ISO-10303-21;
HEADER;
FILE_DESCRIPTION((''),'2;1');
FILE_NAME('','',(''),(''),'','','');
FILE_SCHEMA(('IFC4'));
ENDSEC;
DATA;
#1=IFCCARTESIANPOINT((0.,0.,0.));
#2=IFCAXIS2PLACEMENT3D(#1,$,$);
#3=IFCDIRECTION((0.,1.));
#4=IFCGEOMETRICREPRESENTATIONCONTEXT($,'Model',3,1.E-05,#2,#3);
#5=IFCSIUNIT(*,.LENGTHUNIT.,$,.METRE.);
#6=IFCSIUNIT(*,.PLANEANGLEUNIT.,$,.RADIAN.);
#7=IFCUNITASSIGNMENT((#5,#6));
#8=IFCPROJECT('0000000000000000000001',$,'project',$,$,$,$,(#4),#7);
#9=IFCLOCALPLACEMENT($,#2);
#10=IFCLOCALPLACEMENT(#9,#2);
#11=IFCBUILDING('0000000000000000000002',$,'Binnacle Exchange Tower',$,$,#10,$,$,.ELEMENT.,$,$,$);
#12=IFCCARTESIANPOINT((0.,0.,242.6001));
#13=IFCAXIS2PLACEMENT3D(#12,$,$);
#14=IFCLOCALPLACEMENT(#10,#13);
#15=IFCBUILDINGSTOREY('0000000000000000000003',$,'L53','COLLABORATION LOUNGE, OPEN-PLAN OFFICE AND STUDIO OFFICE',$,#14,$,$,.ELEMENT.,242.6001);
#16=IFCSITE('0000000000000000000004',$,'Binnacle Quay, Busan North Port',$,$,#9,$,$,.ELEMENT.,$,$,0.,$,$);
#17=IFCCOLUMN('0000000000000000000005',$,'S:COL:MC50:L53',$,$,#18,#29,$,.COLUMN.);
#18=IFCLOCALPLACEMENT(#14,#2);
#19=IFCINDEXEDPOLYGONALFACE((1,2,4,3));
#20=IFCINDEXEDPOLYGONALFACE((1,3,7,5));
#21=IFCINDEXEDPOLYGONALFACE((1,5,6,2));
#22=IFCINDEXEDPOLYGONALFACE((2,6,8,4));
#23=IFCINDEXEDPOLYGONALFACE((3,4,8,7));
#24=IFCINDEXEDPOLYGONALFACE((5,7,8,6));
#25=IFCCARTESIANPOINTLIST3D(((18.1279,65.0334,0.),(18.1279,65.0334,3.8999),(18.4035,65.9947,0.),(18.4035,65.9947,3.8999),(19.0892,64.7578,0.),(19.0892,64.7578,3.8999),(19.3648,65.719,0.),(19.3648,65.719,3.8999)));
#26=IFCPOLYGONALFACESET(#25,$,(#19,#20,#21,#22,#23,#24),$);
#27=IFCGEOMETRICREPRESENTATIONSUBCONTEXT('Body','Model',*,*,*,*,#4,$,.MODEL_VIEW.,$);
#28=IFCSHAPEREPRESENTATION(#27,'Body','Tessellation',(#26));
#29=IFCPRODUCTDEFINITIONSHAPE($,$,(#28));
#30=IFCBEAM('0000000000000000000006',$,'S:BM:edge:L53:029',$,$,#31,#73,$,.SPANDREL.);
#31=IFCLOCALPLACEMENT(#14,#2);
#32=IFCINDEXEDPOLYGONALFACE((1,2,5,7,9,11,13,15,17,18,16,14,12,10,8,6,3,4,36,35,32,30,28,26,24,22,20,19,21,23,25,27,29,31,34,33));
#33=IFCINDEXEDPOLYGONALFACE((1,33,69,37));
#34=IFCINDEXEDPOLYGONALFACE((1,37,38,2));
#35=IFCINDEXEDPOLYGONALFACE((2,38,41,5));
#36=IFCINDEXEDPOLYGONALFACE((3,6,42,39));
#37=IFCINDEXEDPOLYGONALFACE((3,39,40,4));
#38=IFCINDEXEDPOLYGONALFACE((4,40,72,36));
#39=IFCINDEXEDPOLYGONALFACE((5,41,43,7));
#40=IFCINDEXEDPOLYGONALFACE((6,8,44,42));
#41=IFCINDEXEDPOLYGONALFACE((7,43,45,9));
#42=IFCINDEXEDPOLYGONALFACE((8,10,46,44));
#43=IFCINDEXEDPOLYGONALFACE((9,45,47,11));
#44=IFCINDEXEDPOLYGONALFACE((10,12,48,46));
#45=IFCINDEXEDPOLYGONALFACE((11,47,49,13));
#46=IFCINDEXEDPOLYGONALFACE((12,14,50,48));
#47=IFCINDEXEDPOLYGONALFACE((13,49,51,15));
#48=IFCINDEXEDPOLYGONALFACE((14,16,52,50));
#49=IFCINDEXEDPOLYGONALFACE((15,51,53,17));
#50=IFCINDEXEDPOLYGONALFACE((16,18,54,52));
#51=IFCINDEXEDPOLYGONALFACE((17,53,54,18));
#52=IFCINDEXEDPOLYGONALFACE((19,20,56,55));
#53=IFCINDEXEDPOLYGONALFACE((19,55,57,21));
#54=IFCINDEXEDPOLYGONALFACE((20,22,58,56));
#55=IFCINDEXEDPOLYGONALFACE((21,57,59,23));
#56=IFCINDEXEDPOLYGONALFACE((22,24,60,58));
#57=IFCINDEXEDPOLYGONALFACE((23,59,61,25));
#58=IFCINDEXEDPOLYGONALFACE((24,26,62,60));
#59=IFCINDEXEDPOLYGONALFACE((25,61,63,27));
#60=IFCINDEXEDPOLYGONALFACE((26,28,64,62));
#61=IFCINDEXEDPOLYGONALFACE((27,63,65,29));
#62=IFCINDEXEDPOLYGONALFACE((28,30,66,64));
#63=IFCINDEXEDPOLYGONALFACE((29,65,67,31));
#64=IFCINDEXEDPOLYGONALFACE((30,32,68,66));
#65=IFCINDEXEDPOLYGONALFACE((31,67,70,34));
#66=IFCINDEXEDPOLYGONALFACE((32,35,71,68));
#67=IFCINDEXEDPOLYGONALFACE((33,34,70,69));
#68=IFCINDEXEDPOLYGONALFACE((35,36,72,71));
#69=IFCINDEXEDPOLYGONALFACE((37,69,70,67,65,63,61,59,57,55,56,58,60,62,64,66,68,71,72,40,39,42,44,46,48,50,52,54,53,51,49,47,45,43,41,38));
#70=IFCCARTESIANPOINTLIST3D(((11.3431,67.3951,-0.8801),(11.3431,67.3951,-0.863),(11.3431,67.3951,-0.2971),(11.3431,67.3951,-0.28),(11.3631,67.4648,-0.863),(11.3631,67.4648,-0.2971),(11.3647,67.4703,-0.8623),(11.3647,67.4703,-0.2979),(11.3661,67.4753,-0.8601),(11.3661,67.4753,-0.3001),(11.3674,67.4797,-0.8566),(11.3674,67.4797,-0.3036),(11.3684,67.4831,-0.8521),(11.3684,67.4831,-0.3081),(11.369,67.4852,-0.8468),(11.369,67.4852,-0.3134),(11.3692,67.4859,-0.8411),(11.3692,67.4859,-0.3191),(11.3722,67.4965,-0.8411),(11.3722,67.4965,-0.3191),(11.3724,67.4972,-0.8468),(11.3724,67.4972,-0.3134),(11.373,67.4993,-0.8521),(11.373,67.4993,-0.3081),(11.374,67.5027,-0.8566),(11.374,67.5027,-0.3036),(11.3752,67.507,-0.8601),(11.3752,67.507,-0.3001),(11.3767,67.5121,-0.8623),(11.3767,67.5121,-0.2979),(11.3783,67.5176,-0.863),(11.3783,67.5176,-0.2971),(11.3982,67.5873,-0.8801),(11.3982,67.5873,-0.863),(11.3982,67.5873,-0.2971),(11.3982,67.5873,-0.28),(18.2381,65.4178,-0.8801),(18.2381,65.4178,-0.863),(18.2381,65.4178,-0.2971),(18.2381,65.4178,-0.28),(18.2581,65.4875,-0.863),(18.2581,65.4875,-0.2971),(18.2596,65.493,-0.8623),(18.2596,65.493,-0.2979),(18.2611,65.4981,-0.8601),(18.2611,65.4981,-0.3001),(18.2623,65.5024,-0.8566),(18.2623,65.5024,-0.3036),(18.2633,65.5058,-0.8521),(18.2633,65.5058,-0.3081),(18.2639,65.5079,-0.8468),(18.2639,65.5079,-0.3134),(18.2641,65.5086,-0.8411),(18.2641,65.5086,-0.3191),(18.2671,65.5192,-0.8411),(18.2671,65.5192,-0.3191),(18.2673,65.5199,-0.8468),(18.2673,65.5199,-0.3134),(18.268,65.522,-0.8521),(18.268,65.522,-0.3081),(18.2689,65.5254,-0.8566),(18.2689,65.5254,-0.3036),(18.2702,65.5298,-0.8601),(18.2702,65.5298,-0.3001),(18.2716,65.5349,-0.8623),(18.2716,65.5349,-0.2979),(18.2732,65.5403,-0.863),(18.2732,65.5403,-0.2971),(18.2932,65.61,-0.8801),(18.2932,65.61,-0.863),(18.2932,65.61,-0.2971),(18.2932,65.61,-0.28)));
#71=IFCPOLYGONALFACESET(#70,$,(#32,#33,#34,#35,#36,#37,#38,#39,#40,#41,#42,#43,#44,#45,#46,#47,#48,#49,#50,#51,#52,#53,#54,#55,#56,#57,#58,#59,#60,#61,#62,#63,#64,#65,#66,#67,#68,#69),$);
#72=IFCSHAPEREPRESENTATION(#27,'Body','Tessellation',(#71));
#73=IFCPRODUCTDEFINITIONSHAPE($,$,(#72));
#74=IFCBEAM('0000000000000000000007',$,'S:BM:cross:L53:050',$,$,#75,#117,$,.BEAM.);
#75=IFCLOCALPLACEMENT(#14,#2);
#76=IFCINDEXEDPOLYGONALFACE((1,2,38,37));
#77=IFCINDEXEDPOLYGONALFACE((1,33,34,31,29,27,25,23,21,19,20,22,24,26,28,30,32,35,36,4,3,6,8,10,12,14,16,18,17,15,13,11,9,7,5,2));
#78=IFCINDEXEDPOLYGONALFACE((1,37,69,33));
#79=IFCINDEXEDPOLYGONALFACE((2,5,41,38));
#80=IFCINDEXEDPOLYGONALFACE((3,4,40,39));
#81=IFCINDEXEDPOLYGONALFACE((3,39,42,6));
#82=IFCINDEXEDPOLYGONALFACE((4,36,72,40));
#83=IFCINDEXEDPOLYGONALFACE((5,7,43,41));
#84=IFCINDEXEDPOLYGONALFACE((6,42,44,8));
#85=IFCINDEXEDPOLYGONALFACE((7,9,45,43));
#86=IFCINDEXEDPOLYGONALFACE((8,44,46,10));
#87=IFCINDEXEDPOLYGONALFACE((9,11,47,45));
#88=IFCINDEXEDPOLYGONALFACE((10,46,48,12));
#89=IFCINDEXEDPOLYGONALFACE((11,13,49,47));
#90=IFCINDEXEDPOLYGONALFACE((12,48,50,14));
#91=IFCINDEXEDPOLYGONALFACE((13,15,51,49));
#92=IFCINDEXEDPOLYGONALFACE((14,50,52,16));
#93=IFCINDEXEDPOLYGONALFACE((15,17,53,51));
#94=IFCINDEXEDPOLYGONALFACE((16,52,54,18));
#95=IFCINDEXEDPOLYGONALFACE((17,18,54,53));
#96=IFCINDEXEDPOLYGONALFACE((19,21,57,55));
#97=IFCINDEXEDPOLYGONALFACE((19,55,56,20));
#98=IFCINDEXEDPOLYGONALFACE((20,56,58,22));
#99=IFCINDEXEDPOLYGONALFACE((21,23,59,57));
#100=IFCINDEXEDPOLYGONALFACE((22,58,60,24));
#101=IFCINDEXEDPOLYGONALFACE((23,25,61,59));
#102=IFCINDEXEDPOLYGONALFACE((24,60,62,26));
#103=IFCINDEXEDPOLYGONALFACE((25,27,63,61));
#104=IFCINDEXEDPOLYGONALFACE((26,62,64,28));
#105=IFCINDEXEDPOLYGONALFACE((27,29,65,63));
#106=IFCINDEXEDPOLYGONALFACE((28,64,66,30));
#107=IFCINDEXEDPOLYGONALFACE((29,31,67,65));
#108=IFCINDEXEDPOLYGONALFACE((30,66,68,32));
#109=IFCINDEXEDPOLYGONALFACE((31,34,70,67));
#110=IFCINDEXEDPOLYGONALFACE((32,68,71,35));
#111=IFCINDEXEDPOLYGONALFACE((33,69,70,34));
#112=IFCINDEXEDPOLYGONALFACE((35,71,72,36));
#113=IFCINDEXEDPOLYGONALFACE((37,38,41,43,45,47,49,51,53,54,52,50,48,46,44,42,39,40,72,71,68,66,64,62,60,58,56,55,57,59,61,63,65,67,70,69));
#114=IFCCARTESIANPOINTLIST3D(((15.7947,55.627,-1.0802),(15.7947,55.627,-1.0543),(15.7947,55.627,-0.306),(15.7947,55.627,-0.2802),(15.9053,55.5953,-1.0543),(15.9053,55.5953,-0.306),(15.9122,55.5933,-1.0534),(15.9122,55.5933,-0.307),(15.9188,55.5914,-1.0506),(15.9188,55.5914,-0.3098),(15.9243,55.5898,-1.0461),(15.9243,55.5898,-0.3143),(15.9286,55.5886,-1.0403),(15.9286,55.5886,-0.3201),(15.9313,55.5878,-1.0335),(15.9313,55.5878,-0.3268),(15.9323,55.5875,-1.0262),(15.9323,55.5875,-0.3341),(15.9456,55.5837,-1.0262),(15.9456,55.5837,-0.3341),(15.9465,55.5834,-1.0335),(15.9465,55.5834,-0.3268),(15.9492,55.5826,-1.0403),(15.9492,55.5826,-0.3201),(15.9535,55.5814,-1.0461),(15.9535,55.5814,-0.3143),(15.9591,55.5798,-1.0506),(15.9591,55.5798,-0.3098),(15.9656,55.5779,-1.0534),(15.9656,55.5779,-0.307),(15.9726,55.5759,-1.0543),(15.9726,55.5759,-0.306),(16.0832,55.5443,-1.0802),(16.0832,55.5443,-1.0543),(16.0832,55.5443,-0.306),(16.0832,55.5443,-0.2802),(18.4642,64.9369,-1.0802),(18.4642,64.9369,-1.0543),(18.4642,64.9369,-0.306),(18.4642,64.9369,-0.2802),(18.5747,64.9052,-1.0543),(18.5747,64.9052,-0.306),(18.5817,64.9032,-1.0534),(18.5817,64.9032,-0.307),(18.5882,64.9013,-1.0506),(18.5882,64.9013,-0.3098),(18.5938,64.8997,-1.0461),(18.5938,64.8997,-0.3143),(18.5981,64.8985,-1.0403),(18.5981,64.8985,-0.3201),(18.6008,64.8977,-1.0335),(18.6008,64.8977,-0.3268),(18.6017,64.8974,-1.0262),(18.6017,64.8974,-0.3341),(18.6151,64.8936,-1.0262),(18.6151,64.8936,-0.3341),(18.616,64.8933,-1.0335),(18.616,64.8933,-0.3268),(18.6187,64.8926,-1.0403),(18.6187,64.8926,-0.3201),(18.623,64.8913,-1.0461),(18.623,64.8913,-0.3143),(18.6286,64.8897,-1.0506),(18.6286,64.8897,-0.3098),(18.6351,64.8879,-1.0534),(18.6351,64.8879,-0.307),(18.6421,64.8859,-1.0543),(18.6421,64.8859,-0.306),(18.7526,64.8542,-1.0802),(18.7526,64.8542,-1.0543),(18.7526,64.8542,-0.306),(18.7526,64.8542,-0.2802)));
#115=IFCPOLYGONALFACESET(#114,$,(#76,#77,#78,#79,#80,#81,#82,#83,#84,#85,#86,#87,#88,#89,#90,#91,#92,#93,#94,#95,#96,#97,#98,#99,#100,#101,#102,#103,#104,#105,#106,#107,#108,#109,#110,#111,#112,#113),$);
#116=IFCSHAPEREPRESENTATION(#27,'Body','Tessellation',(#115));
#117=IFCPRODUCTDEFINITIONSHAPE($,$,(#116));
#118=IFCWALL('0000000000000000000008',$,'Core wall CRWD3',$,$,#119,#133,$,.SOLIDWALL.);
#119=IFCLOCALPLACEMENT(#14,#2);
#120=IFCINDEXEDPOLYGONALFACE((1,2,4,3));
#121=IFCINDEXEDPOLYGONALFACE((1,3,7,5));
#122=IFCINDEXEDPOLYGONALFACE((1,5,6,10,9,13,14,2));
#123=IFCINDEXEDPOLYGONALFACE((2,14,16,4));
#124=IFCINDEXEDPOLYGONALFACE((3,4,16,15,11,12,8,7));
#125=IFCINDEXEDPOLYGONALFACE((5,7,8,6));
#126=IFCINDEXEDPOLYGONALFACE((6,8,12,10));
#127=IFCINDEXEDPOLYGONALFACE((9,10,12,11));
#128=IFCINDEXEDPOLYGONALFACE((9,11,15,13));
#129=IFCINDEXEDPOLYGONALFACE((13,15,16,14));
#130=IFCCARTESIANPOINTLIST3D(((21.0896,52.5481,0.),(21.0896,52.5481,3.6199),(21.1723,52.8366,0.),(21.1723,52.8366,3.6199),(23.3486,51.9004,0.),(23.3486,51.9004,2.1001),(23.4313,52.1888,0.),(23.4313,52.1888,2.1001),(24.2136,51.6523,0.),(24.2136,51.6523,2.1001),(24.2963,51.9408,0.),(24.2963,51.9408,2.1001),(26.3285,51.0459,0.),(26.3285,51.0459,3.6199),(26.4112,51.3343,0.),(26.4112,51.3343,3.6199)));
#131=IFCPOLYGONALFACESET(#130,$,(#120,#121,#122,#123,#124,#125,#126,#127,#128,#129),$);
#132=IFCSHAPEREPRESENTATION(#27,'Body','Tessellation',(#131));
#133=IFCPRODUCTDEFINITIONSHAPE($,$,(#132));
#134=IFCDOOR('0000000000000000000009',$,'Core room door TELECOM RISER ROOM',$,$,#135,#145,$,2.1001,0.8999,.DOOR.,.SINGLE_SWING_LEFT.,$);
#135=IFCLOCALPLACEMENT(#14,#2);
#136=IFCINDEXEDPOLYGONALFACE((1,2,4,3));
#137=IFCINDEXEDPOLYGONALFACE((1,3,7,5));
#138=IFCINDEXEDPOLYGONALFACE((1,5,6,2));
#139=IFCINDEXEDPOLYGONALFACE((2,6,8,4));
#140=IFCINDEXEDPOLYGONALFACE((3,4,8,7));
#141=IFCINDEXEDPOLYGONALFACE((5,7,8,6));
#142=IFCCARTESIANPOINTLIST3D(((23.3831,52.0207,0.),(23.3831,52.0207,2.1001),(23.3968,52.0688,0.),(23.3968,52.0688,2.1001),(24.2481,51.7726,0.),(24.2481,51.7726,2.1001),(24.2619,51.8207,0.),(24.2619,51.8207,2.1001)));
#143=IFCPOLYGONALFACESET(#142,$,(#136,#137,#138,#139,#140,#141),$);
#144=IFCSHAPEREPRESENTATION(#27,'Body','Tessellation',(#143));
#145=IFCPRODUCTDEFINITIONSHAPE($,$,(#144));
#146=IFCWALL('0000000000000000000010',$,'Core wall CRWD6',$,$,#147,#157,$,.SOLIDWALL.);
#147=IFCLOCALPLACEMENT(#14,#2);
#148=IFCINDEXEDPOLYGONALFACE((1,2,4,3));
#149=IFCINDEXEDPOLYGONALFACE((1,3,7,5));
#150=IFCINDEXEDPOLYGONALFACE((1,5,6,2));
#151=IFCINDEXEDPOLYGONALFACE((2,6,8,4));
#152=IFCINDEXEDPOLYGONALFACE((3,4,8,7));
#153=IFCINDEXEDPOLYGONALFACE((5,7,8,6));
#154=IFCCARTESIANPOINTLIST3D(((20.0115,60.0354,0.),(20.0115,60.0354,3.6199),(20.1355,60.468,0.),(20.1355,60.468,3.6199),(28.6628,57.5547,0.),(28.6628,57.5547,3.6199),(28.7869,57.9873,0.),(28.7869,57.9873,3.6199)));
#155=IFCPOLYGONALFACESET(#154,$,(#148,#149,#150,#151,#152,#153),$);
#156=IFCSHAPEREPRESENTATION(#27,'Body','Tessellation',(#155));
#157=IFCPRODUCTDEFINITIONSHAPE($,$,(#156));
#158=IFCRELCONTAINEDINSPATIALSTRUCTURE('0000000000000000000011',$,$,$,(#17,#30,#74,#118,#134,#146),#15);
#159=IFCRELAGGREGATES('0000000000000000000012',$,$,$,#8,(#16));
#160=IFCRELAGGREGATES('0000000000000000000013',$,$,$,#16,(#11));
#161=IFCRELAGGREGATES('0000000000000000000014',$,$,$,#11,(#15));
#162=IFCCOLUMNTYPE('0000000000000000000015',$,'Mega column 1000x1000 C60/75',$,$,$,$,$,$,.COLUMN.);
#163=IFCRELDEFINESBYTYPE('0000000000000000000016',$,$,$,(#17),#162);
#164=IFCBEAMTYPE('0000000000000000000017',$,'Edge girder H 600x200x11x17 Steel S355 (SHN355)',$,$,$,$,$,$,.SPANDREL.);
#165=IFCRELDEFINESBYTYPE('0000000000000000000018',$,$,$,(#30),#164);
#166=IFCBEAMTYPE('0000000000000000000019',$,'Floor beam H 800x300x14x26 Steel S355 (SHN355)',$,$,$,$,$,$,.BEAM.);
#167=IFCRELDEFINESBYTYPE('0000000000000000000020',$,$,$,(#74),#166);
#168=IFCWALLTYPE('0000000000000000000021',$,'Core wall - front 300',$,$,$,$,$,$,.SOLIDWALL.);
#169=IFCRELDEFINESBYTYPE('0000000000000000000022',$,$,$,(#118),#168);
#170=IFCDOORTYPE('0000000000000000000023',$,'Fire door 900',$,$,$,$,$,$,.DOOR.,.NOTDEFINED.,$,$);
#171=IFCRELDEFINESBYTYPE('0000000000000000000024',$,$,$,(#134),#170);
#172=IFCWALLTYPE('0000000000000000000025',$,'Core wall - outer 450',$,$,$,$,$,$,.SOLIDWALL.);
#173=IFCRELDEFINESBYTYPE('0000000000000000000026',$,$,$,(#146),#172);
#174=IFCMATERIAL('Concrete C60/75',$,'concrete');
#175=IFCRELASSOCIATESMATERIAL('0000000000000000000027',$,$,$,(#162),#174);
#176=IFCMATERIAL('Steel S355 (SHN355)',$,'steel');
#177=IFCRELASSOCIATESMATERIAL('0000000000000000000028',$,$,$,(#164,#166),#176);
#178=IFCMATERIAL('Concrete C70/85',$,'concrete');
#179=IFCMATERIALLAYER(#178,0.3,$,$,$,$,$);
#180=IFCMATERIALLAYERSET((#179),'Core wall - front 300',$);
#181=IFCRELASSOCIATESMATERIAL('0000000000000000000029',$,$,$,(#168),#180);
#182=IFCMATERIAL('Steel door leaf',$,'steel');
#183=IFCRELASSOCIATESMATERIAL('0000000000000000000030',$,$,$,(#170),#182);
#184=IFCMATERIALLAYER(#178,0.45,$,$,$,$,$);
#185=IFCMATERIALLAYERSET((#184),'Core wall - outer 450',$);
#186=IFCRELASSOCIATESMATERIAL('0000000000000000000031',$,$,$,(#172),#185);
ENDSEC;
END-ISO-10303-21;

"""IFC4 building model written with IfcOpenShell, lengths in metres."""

from ifc_helpers import new_model, si_unit, direction, frame, frame_2d, origin, origin_2d, place, context, subcontext, project, spatial, rectangle, i_section, extrude, material, layer, layer_set, material_profile, profile_set, type_object, element, fill, save


model = new_model("IFC4")

# Units and contexts
model_context = context("Model", 3, precision=1e-05, world=origin(), true_north=direction((0.0, 1.0)))
body_context = subcontext(model_context, "Body", "Model", "MODEL_VIEW")
ifc_project = project(units=[si_unit("LENGTHUNIT", "METRE"), si_unit("PLANEANGLEUNIT", "RADIAN")], contexts=[model_context])

# Site, building, storey
site_placement = place(None, origin())
site = spatial("IfcSite", under=ifc_project, at=site_placement, Name="Binnacle Quay, Busan North Port", CompositionType="ELEMENT", RefElevation=0.0)
building_placement = place(site_placement, origin())
building = spatial("IfcBuilding", under=site, at=building_placement, Name="Binnacle Exchange Tower", CompositionType="ELEMENT")
storey_placement = place(building_placement, frame((0.0, 0.0, 242.6001)))
storey = spatial("IfcBuildingStorey", under=building, at=storey_placement, Name="L53", Description="COLLABORATION LOUNGE, OPEN-PLAN OFFICE AND STUDIO OFFICE", CompositionType="ELEMENT", Elevation=242.6001)

# Column
ifc_material_1 = material(Name="Concrete C60/75", Category="concrete")
ifc_material_profile_1 = material_profile(ifc_material_1, rectangle(XDim=1.0, YDim=1.0, at=origin_2d()), Name="Mega column 1000x1000 C60/75")
ifc_profile_set_1 = profile_set([ifc_material_profile_1], Name="Concrete C60/75")
column_type = type_object("IfcColumnType", Name="Mega column 1000x1000 C60/75", PredefinedType="COLUMN", material=ifc_profile_set_1)
column_placement = place(storey_placement, frame((18.7463, 65.3762, 0.0), z_axis=(0.0, 0.0, 1.0), x_axis=(-0.961262, 0.275637, 0.0)))
element("IfcColumn", 1, at=column_placement, inside=storey, type_object=column_type, Name="S:COL:MC50:L53", PredefinedType="COLUMN", context=body_context, shape_type="SweptSolid", body=[
    extrude(rectangle(XDim=1.0, YDim=1.0, at=origin_2d()), origin(), (0.0, 0.0, 1.0), 3.8999),
])

# Beams
ifc_material_2 = material(Name="Steel S355 (SHN355)", Category="steel")
ifc_material_profile_2 = material_profile(ifc_material_2, i_section(OverallWidth=0.2, OverallDepth=0.6001, WebThickness=0.011, FlangeThickness=0.0171, FilletRadius=0.022, at=origin_2d()), Name="H 600x200x11x17")
ifc_profile_set_2 = profile_set([ifc_material_profile_2], Name="Steel S355 (SHN355)")
beam_type_1 = type_object("IfcBeamType", Name="Edge girder H 600x200x11x17 Steel S355 (SHN355)", PredefinedType="SPANDREL", material=ifc_profile_set_2)
beam_1_placement = place(storey_placement, frame((18.2656, 65.5139, -0.5801), z_axis=(-0.961255, 0.275661, 0.0), x_axis=(-0.275661, -0.961255, 0.0)))
element("IfcBeam", 2, at=beam_1_placement, inside=storey, type_object=beam_type_1, Name="S:BM:edge:L53:029", PredefinedType="SPANDREL", context=body_context, shape_type="SweptSolid", body=[
    extrude(i_section(OverallWidth=0.2, OverallDepth=0.6001, WebThickness=0.011, FlangeThickness=0.0171, FilletRadius=0.022, at=origin_2d()), origin(), (0.0, 0.0, 1.0), 7.1729),
])
ifc_material_profile_3 = material_profile(ifc_material_2, i_section(OverallWidth=0.3, OverallDepth=0.8, WebThickness=0.0139, FlangeThickness=0.0259, FilletRadius=0.0281, at=origin_2d()), Name="H 800x300x14x26")
ifc_profile_set_3 = profile_set([ifc_material_profile_3], Name="Steel S355 (SHN355)")
beam_type_2 = type_object("IfcBeamType", Name="Floor beam H 800x300x14x26 Steel S355 (SHN355)", PredefinedType="BEAM", material=ifc_profile_set_3)
beam_2_placement = place(storey_placement, frame((18.6084, 64.8955, -0.6802), z_axis=(-0.275627, -0.961265, 0.0), x_axis=(0.961265, -0.275627, 0.0)))
element("IfcBeam", 3, at=beam_2_placement, inside=storey, type_object=beam_type_2, Name="S:BM:cross:L53:050", PredefinedType="BEAM", context=body_context, shape_type="SweptSolid", body=[
    extrude(i_section(OverallWidth=0.3, OverallDepth=0.8, WebThickness=0.0139, FlangeThickness=0.0259, FilletRadius=0.0281, at=origin_2d()), origin(), (0.0, 0.0, 1.0), 9.6851),
])

# Wall, opening, door
ifc_material_3 = material(Name="Concrete C70/85", Category="concrete")
ifc_layer_1 = layer(ifc_material_3, 0.3)
ifc_layer_set_1 = layer_set([ifc_layer_1], Name="Core wall - front 300")
wall_type_1 = type_object("IfcWallType", Name="Core wall - front 300", PredefinedType="SOLIDWALL", material=ifc_layer_set_1)
wall_1_placement = place(storey_placement, frame((21.1309, 52.6924, 0.0), z_axis=(0.0, 0.0, 1.0), x_axis=(0.961261, -0.275638, 0.0)))
wall_1 = element("IfcWall", 4, at=wall_1_placement, inside=storey, type_object=wall_type_1, Name="Core wall CRWD3", PredefinedType="SOLIDWALL", context=body_context, shape_type="SweptSolid", body=[
    extrude(rectangle(XDim=5.45, YDim=0.3, at=frame_2d((2.7251, 0.0))), origin(), (0.0, 0.0, 1.0), 3.6199),
])
opening_1_placement = place(wall_1_placement, frame((2.3501, 0.0, 0.0)))
opening_1 = element("IfcOpeningElement", 5, at=opening_1_placement, cuts=wall_1, PredefinedType="OPENING", context=body_context, shape_type="SweptSolid", body=[
    extrude(rectangle(XDim=0.8999, YDim=2.1001, at=frame_2d((0.45, 1.05))), frame((0.0, 0.1599, 0.0), z_axis=(0.0, -1.0, 0.0), x_axis=(1.0, 0.0, 0.0)), (0.0, 0.0, 1.0), 0.3201),
])
ifc_material_4 = material(Name="Steel door leaf", Category="steel")
door_type_1 = type_object("IfcDoorType", Name="Fire door 900", OperationType="NOTDEFINED", PredefinedType="DOOR", material=ifc_material_4)
door_1_placement = place(opening_1_placement, frame((0.8999, 0.0, 0.0), z_axis=(0.0, 0.0, 1.0), x_axis=(-1.0, 0.0, 0.0)))
door_1 = element("IfcDoor", 6, at=door_1_placement, inside=storey, type_object=door_type_1, Name="Core room door TELECOM RISER ROOM", OperationType="SINGLE_SWING_LEFT", OverallHeight=2.1001, OverallWidth=0.8999, PredefinedType="DOOR", context=body_context, shape_type="SweptSolid", body=[
    extrude(rectangle(XDim=0.8999, YDim=2.1001, at=frame_2d((0.45, 1.05))), frame((0.0, 0.0249, 0.0), z_axis=(0.0, -1.0, 0.0), x_axis=(1.0, 0.0, 0.0)), (0.0, 0.0, 1.0), 0.05),
])
fill(opening_1, door_1)

# Wall
ifc_layer_2 = layer(ifc_material_3, 0.45)
ifc_layer_set_2 = layer_set([ifc_layer_2], Name="Core wall - outer 450")
wall_type_2 = type_object("IfcWallType", Name="Core wall - outer 450", PredefinedType="SOLIDWALL", material=ifc_layer_set_2)
wall_2_placement = place(storey_placement, frame((20.0735, 60.2517, 0.0), z_axis=(0.0, 0.0, 1.0), x_axis=(0.961262, -0.275635, 0.0)))
element("IfcWall", 7, at=wall_2_placement, inside=storey, type_object=wall_type_2, Name="Core wall CRWD6", PredefinedType="SOLIDWALL", context=body_context, shape_type="SweptSolid", body=[
    extrude(rectangle(XDim=9.0, YDim=0.45, at=frame_2d((4.5, 0.0))), origin(), (0.0, 0.0, 1.0), 3.6199),
])

save(model, "model.ifc")
